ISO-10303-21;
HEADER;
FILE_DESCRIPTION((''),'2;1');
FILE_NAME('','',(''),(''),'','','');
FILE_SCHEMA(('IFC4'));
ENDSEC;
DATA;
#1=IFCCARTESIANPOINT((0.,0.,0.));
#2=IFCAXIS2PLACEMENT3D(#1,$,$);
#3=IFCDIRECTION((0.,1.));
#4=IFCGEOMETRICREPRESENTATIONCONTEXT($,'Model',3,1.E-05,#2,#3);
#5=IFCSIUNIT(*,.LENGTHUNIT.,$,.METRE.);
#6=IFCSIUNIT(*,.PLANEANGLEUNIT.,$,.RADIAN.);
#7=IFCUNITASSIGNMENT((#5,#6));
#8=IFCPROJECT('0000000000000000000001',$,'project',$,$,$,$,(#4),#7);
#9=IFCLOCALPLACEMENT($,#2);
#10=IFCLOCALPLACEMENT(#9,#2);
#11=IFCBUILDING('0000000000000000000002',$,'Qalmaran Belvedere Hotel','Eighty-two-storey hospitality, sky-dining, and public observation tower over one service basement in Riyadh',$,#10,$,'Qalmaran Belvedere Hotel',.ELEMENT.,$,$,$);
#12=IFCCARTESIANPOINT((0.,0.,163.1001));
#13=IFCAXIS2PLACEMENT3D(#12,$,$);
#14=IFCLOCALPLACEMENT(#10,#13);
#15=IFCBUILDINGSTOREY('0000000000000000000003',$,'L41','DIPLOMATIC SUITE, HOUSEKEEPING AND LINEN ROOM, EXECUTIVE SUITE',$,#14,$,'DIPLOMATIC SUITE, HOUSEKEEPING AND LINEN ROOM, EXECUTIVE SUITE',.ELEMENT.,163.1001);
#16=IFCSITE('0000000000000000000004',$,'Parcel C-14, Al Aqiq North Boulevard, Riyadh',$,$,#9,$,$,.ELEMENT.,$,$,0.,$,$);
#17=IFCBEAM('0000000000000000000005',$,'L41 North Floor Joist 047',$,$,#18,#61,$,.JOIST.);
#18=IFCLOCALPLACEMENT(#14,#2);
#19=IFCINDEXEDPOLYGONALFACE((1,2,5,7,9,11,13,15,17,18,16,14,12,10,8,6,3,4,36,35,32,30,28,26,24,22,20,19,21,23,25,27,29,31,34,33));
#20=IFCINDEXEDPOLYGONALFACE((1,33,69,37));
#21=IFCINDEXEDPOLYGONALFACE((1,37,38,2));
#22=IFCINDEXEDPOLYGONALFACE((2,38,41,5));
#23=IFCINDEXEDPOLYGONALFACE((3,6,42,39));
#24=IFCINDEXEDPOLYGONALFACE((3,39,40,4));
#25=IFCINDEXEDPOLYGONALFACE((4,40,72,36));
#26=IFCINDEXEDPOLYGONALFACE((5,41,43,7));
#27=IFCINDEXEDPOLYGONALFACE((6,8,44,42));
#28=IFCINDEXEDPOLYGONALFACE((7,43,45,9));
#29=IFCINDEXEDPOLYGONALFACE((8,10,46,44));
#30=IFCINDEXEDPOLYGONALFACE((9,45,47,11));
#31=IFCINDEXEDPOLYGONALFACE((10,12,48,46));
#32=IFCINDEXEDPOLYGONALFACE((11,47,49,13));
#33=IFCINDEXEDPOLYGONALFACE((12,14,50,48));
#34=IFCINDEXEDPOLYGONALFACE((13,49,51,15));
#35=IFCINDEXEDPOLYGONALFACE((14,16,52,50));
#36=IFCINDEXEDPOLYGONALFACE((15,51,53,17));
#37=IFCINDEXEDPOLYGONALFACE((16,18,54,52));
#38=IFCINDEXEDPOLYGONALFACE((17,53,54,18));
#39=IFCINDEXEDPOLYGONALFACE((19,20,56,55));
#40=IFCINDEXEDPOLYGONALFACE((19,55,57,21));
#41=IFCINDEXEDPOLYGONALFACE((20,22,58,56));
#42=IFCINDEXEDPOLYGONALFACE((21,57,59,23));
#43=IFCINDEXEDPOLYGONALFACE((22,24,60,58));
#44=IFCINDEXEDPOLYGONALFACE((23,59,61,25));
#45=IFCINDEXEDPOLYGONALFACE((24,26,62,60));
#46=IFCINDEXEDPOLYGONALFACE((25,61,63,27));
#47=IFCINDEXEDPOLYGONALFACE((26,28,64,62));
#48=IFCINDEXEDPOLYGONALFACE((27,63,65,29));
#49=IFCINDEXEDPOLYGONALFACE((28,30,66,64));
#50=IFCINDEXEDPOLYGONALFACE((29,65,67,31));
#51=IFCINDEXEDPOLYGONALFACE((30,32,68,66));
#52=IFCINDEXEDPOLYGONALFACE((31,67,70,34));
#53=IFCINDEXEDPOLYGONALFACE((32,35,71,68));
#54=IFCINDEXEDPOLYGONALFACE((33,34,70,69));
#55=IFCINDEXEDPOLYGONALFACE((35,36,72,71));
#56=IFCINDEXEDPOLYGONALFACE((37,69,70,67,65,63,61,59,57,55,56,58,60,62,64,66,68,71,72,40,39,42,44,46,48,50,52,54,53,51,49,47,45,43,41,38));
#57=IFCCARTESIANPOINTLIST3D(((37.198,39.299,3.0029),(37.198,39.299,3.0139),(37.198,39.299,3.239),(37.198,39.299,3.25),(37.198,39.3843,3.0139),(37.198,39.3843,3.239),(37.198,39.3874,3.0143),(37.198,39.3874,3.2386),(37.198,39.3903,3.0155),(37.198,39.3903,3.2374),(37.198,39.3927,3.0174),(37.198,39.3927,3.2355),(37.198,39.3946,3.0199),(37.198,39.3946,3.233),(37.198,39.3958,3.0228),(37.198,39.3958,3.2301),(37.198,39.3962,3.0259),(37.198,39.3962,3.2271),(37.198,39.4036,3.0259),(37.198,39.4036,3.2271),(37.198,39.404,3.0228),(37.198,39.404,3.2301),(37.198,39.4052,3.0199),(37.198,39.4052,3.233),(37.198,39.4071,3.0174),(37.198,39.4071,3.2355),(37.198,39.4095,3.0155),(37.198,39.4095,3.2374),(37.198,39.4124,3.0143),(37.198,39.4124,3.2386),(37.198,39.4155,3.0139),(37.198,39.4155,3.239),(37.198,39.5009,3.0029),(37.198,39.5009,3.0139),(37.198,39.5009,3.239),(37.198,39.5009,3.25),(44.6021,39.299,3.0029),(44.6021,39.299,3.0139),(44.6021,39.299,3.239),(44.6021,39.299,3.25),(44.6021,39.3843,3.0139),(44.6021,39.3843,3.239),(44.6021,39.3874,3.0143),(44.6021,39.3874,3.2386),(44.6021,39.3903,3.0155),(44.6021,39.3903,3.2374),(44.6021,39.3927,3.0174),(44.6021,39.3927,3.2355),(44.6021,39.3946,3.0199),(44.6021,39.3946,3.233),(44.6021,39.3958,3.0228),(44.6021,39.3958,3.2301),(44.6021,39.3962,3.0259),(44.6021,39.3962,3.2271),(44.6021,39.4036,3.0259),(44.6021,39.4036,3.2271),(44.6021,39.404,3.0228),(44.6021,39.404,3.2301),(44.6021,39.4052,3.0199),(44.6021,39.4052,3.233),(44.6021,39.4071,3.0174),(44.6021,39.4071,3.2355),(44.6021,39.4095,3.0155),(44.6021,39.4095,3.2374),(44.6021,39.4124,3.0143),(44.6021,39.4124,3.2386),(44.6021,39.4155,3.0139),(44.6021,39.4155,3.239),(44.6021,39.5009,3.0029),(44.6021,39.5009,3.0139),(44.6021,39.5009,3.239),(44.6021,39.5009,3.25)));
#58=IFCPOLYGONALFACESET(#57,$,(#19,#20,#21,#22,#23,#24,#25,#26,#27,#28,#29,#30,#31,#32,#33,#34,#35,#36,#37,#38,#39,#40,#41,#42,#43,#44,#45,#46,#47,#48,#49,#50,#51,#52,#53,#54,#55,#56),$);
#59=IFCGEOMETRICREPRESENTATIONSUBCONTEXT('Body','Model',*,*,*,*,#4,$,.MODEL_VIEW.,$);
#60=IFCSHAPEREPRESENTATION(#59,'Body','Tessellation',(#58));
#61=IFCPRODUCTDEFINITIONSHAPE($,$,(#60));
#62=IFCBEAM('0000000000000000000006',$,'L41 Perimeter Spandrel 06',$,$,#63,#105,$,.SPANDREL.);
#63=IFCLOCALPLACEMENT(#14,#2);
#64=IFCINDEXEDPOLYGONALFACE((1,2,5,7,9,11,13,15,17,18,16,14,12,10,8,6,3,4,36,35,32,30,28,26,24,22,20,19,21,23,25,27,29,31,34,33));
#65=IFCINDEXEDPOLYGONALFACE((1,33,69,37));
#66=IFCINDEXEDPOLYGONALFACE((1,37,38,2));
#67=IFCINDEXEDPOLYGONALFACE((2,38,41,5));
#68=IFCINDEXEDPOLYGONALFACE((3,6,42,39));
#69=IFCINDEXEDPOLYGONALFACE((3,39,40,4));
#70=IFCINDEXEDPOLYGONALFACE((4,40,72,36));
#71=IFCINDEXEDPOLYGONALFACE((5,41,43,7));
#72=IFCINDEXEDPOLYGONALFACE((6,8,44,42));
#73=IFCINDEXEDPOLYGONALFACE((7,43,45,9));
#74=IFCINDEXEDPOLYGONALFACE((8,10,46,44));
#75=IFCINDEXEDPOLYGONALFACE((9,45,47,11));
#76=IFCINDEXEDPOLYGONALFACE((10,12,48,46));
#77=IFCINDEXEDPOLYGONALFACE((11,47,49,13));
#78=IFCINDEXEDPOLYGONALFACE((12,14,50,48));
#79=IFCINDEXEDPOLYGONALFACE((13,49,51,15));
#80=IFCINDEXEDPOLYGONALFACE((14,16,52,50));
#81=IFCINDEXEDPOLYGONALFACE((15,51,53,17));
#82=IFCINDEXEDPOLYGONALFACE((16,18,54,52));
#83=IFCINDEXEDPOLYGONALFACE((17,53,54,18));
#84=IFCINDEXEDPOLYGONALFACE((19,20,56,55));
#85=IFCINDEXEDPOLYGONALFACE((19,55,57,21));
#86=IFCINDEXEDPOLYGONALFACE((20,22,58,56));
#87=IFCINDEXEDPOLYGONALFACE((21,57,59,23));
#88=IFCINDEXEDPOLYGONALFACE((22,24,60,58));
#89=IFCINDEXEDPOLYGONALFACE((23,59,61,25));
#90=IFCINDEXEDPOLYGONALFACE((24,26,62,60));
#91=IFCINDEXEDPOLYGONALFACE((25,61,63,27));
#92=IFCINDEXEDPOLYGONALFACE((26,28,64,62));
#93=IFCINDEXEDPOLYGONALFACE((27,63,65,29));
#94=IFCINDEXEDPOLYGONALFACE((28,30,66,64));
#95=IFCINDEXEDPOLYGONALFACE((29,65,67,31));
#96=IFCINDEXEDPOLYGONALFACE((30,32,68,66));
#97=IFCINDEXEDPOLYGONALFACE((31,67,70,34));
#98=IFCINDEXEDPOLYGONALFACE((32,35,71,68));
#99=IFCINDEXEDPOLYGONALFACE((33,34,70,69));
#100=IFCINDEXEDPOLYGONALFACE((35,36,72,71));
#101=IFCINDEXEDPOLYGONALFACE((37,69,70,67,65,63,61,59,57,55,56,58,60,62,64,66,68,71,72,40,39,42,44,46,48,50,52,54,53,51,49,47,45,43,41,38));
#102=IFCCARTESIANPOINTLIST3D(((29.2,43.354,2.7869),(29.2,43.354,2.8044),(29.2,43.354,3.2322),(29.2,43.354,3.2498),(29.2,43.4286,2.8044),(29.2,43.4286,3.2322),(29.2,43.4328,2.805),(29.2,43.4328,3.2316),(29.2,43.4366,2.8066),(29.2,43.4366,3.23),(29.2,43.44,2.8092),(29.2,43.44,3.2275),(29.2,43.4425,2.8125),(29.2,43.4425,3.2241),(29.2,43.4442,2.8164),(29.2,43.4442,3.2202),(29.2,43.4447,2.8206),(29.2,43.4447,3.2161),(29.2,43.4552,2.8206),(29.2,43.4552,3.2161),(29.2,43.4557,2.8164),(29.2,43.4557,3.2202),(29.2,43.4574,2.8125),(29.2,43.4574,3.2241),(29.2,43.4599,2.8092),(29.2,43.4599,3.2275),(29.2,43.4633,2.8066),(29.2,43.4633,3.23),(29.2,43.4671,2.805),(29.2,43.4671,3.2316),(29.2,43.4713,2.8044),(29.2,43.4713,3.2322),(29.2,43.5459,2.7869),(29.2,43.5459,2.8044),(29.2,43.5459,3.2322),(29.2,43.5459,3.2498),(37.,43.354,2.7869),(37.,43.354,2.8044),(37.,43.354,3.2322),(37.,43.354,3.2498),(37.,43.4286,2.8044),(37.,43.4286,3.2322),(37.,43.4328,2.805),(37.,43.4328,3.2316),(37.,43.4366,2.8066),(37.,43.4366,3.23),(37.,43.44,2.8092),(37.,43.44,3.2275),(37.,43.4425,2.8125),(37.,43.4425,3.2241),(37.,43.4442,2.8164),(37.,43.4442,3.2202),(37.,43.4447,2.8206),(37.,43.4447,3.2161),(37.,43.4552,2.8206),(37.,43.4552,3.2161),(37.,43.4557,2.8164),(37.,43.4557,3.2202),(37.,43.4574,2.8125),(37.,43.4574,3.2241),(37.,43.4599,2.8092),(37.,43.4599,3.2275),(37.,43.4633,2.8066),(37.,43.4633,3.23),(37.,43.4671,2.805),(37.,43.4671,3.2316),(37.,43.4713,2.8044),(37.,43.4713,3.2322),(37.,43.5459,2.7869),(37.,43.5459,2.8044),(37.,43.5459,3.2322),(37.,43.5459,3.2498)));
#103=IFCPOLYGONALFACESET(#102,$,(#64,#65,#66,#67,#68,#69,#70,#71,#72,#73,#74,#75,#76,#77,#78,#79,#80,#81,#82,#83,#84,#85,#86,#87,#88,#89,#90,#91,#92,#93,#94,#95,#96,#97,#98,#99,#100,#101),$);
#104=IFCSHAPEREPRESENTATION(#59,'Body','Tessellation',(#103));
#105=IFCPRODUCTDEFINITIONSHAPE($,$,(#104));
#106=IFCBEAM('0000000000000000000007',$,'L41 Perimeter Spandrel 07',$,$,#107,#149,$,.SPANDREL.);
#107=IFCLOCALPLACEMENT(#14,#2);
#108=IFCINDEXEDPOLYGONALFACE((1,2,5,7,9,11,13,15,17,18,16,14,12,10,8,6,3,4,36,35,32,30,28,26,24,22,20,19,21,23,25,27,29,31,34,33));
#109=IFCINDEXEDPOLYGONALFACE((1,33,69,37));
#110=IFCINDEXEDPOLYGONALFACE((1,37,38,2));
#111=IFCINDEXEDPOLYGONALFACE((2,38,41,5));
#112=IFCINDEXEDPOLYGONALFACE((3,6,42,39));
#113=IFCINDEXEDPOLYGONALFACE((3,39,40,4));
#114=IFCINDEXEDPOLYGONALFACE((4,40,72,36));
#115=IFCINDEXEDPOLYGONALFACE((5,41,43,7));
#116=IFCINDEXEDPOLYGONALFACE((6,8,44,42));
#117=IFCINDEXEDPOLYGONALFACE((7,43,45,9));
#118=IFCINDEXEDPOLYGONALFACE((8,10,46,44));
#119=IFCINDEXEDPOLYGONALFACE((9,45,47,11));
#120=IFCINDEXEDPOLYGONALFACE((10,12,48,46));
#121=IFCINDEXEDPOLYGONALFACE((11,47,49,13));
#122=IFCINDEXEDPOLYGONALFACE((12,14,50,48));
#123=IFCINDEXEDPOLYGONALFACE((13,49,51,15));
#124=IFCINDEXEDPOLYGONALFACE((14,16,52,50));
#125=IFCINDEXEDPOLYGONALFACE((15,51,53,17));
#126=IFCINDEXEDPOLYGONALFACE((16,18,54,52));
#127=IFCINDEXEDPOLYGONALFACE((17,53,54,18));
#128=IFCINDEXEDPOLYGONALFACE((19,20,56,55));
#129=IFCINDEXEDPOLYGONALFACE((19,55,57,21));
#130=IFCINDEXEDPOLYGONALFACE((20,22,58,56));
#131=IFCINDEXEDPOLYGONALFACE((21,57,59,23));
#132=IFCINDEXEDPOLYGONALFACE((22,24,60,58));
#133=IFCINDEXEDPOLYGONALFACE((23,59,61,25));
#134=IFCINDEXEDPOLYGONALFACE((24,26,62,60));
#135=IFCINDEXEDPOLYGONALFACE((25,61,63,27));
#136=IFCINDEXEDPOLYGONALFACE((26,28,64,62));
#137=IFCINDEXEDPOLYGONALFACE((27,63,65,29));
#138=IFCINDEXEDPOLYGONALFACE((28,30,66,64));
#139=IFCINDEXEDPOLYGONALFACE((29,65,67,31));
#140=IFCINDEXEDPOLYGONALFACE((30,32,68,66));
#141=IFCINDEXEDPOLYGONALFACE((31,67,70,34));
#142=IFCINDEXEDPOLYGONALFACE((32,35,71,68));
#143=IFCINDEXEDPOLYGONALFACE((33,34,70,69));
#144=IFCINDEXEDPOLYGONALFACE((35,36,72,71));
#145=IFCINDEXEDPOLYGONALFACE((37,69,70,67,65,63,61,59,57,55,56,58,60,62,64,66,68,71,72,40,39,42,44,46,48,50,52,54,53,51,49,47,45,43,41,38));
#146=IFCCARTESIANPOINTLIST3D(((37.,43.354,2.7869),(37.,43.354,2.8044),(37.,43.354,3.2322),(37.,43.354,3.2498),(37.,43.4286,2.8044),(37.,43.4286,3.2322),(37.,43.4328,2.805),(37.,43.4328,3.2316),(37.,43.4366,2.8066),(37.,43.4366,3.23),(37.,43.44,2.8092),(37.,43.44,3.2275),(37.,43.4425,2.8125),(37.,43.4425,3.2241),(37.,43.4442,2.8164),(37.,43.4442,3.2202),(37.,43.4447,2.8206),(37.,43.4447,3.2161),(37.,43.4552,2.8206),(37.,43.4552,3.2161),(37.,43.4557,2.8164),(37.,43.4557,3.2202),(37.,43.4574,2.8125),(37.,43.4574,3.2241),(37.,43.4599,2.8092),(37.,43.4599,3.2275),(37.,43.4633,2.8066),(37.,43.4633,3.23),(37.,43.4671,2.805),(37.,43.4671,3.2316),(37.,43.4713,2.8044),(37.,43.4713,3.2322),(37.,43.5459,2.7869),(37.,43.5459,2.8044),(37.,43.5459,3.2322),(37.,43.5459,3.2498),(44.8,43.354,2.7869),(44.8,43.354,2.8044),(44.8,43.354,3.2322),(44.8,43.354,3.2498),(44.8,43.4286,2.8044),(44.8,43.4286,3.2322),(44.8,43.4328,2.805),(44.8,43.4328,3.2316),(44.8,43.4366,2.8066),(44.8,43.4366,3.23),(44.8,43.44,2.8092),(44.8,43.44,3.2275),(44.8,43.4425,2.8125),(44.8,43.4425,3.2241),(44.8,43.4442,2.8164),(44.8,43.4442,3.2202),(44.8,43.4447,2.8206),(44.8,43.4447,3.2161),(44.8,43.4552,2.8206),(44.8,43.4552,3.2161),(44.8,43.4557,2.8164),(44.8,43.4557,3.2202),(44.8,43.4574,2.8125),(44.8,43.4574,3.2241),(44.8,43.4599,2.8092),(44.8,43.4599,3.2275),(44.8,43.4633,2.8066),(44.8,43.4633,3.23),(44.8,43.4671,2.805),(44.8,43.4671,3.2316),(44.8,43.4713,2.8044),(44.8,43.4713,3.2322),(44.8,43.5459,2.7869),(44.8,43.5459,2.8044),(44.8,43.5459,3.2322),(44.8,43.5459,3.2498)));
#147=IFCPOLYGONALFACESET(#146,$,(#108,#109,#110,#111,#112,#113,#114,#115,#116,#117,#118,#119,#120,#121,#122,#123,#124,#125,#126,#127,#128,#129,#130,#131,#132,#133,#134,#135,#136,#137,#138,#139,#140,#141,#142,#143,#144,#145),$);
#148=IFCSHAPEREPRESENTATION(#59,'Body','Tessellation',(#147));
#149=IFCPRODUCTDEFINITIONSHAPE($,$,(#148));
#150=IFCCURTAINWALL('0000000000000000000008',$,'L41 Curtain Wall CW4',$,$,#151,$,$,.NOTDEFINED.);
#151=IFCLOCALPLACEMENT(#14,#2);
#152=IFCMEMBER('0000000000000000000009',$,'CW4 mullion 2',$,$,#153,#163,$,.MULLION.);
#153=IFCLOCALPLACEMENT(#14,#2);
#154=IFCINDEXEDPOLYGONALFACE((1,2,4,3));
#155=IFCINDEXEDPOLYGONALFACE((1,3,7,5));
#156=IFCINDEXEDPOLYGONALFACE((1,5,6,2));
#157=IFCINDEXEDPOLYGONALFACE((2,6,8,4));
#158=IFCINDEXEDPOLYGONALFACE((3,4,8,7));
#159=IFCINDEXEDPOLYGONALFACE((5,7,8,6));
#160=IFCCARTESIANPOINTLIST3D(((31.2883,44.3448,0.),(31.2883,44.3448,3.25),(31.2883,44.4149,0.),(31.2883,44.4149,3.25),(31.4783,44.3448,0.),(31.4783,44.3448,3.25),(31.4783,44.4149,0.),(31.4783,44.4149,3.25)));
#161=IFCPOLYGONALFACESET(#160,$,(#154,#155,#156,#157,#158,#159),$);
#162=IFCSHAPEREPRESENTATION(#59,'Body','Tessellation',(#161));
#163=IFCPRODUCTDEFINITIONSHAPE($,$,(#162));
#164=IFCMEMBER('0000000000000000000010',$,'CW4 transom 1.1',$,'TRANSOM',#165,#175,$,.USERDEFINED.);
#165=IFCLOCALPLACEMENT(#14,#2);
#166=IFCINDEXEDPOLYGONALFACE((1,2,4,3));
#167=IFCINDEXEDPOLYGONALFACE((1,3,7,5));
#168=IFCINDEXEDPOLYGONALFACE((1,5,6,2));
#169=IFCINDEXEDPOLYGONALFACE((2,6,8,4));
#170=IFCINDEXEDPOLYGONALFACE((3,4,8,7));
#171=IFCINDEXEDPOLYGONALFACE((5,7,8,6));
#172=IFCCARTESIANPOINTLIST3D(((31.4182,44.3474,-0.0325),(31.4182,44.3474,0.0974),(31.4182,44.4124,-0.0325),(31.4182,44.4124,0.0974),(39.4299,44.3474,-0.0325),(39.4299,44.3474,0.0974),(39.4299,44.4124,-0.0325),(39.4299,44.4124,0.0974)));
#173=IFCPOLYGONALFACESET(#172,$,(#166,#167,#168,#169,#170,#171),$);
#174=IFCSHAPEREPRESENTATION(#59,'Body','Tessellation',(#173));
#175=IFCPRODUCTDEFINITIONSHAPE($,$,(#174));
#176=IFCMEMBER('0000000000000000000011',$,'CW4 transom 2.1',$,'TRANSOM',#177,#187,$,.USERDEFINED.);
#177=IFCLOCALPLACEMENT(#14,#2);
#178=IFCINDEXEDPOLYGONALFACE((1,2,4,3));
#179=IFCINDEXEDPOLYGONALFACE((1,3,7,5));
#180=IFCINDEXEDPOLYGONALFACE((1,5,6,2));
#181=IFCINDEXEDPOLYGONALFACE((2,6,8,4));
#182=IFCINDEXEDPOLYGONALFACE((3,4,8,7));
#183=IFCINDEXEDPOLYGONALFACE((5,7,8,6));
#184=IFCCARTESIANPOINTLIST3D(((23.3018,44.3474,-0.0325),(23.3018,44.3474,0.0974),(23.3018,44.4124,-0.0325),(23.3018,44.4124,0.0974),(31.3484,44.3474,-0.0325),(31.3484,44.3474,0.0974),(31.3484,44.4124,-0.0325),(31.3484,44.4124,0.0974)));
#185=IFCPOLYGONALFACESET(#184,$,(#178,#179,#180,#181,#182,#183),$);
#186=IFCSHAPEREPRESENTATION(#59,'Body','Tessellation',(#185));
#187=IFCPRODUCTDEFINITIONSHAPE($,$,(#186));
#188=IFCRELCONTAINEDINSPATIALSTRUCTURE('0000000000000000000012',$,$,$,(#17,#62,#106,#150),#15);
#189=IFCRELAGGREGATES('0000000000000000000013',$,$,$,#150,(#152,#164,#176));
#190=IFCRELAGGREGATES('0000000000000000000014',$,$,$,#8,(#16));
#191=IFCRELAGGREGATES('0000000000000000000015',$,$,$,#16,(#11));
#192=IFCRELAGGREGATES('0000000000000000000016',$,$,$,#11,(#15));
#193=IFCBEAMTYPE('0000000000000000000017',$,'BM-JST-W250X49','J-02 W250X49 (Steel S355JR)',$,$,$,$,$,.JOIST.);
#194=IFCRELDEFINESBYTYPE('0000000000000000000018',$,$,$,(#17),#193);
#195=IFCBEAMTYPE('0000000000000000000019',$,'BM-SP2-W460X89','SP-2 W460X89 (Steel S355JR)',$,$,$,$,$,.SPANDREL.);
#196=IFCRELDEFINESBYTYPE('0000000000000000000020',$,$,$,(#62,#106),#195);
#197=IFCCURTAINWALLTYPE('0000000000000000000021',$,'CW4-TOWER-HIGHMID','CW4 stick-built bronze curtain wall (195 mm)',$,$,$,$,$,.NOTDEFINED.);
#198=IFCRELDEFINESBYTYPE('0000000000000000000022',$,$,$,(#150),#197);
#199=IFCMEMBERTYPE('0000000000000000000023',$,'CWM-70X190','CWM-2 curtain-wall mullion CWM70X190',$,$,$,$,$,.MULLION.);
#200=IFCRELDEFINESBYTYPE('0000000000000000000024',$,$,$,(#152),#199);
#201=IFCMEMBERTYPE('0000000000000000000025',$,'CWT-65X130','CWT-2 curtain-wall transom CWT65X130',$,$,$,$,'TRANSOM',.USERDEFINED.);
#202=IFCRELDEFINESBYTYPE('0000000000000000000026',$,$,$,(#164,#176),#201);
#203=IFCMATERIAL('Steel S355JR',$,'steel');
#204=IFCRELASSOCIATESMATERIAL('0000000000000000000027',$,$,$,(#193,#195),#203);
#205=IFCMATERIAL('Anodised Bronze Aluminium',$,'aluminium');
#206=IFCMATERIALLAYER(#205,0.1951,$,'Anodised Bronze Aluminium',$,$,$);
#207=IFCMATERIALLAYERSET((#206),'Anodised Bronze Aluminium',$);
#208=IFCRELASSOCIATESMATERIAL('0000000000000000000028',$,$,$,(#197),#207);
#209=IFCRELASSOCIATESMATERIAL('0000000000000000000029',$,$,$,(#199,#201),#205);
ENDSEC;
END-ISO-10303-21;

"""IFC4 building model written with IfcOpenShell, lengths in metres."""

from ifc_helpers import new_model, si_unit, direction, frame, origin, origin_2d, place, context, subcontext, project, spatial, rectangle, i_section, extrude, material, layer, layer_set, material_profile, profile_set, type_object, element, aggregate, save


model = new_model("IFC4")

# Units and contexts
model_context = context("Model", 3, precision=1e-05, world=origin(), true_north=direction((0.0, 1.0)))
body_context = subcontext(model_context, "Body", "Model", "MODEL_VIEW")
ifc_project = project(units=[si_unit("LENGTHUNIT", "METRE"), si_unit("PLANEANGLEUNIT", "RADIAN")], contexts=[model_context])

# Site, building, storey
site_placement = place(None, origin())
site = spatial("IfcSite", under=ifc_project, at=site_placement, Name="Parcel C-14, Al Aqiq North Boulevard, Riyadh", CompositionType="ELEMENT", RefElevation=0.0)
building_placement = place(site_placement, origin())
building = spatial("IfcBuilding", under=site, at=building_placement, Name="Qalmaran Belvedere Hotel", Description="Eighty-two-storey hospitality, sky-dining, and public observation tower over one service basement in Riyadh", LongName="Qalmaran Belvedere Hotel", CompositionType="ELEMENT")
storey_placement = place(building_placement, frame((0.0, 0.0, 163.1001)))
storey = spatial("IfcBuildingStorey", under=building, at=storey_placement, Name="L41", Description="DIPLOMATIC SUITE, HOUSEKEEPING AND LINEN ROOM, EXECUTIVE SUITE", LongName="DIPLOMATIC SUITE, HOUSEKEEPING AND LINEN ROOM, EXECUTIVE SUITE", CompositionType="ELEMENT", Elevation=163.1001)

# Beams
ifc_material_1 = material(Name="Steel S355JR", Category="steel")
ifc_material_profile_1 = material_profile(ifc_material_1, i_section(OverallWidth=0.2019, OverallDepth=0.2471, WebThickness=0.0073, FlangeThickness=0.011, FilletRadius=0.012, at=origin_2d()), Name="W250X49")
ifc_profile_set_1 = profile_set([ifc_material_profile_1], Name="Steel S355JR")
beam_type_1 = type_object("IfcBeamType", Name="BM-JST-W250X49", Description="J-02 W250X49 (Steel S355JR)", PredefinedType="JOIST", material=ifc_profile_set_1)
for number, where, z_axis, x_axis, name in (
    (1, (37.198, 39.3999, 3.1265), (1.0, 0.0, 0.0), (0.0, 1.0, 0.0), "L41 North Floor Joist 047"),
):
    element("IfcBeam", number, at=place(storey_placement, frame(where, z_axis=z_axis, x_axis=x_axis)), inside=storey, type_object=beam_type_1, Name=name, PredefinedType="JOIST", context=body_context, shape_type="SweptSolid", body=[
        extrude(i_section(OverallWidth=0.2019, OverallDepth=0.2471, WebThickness=0.0073, FlangeThickness=0.011, FilletRadius=0.012, at=origin_2d()), origin(), (0.0, 0.0, 1.0), 7.4041),
    ])
ifc_material_profile_2 = material_profile(ifc_material_1, i_section(OverallWidth=0.1919, OverallDepth=0.4629, WebThickness=0.0105, FlangeThickness=0.0176, FilletRadius=0.0161, at=origin_2d()), Name="W460X89")
ifc_profile_set_2 = profile_set([ifc_material_profile_2], Name="Steel S355JR")
beam_type_2 = type_object("IfcBeamType", Name="BM-SP2-W460X89", Description="SP-2 W460X89 (Steel S355JR)", PredefinedType="SPANDREL", material=ifc_profile_set_2)
for number, where, z_axis, x_axis, name in (
    (2, (29.2, 43.45, 3.0183), (1.0, 0.0, 0.0), (0.0, 1.0, 0.0), "L41 Perimeter Spandrel 06"),
    (3, (37.0, 43.45, 3.0183), (1.0, 0.0, 0.0), (0.0, 1.0, 0.0), "L41 Perimeter Spandrel 07"),
):
    element("IfcBeam", number, at=place(storey_placement, frame(where, z_axis=z_axis, x_axis=x_axis)), inside=storey, type_object=beam_type_2, Name=name, PredefinedType="SPANDREL", context=body_context, shape_type="SweptSolid", body=[
        extrude(i_section(OverallWidth=0.1919, OverallDepth=0.4629, WebThickness=0.0105, FlangeThickness=0.0176, FilletRadius=0.0161, at=origin_2d()), origin(), (0.0, 0.0, 1.0), 7.8),
    ])

# Curtain wall, members
ifc_material_2 = material(Name="Anodised Bronze Aluminium", Category="aluminium")
ifc_layer_1 = layer(ifc_material_2, 0.1951, Name="Anodised Bronze Aluminium")
ifc_layer_set_1 = layer_set([ifc_layer_1], Name="Anodised Bronze Aluminium")
curtain_wall_type = type_object("IfcCurtainWallType", Name="CW4-TOWER-HIGHMID", Description="CW4 stick-built bronze curtain wall (195 mm)", PredefinedType="NOTDEFINED", material=ifc_layer_set_1)
curtain_wall_placement = place(storey_placement, origin())
curtain_wall = element("IfcCurtainWall", 4, at=curtain_wall_placement, inside=storey, type_object=curtain_wall_type, Name="L41 Curtain Wall CW4", PredefinedType="NOTDEFINED")
ifc_material_profile_3 = material_profile(ifc_material_2, rectangle(XDim=0.0701, YDim=0.1899, at=origin_2d()), Name="CWM70X190")
ifc_profile_set_3 = profile_set([ifc_material_profile_3], Name="Anodised Bronze Aluminium")
member_type_1 = type_object("IfcMemberType", Name="CWM-70X190", Description="CWM-2 curtain-wall mullion CWM70X190", PredefinedType="MULLION", material=ifc_profile_set_3)
member_1_placement = place(storey_placement, frame((31.3833, 44.3799, 0.0), z_axis=(0.0, 0.0, 1.0), x_axis=(0.0, -1.0, 0.0)))
member_1 = element("IfcMember", 5, at=member_1_placement, type_object=member_type_1, Name="CW4 mullion 2", PredefinedType="MULLION", context=body_context, shape_type="SweptSolid", body=[
    extrude(rectangle(XDim=0.0701, YDim=0.1899, at=origin_2d()), origin(), (0.0, 0.0, 1.0), 3.25),
])
ifc_material_profile_4 = material_profile(ifc_material_2, rectangle(XDim=0.0649, YDim=0.1299, at=origin_2d()), Name="CWT65X130")
ifc_profile_set_4 = profile_set([ifc_material_profile_4], Name="Anodised Bronze Aluminium")
member_type_2 = type_object("IfcMemberType", Name="CWT-65X130", Description="CWT-2 curtain-wall transom CWT65X130", ElementType="TRANSOM", PredefinedType="USERDEFINED", material=ifc_profile_set_4)
member_2_placement = place(storey_placement, frame((39.4299, 44.3799, 0.0325), z_axis=(-1.0, 0.0, 0.0), x_axis=(0.0, -1.0, 0.0)))
member_2 = element("IfcMember", 6, at=member_2_placement, type_object=member_type_2, Name="CW4 transom 1.1", ObjectType="TRANSOM", PredefinedType="USERDEFINED", context=body_context, shape_type="SweptSolid", body=[
    extrude(rectangle(XDim=0.0649, YDim=0.1299, at=origin_2d()), origin(), (0.0, 0.0, 1.0), 8.0117),
])
member_3_placement = place(storey_placement, frame((31.3484, 44.3799, 0.0325), z_axis=(-1.0, 0.0, 0.0), x_axis=(0.0, -1.0, 0.0)))
member_3 = element("IfcMember", 7, at=member_3_placement, type_object=member_type_2, Name="CW4 transom 2.1", ObjectType="TRANSOM", PredefinedType="USERDEFINED", context=body_context, shape_type="SweptSolid", body=[
    extrude(rectangle(XDim=0.0649, YDim=0.1299, at=origin_2d()), origin(), (0.0, 0.0, 1.0), 8.0466),
])
aggregate(curtain_wall, [member_1, member_2, member_3])

save(model, "model.ifc")
